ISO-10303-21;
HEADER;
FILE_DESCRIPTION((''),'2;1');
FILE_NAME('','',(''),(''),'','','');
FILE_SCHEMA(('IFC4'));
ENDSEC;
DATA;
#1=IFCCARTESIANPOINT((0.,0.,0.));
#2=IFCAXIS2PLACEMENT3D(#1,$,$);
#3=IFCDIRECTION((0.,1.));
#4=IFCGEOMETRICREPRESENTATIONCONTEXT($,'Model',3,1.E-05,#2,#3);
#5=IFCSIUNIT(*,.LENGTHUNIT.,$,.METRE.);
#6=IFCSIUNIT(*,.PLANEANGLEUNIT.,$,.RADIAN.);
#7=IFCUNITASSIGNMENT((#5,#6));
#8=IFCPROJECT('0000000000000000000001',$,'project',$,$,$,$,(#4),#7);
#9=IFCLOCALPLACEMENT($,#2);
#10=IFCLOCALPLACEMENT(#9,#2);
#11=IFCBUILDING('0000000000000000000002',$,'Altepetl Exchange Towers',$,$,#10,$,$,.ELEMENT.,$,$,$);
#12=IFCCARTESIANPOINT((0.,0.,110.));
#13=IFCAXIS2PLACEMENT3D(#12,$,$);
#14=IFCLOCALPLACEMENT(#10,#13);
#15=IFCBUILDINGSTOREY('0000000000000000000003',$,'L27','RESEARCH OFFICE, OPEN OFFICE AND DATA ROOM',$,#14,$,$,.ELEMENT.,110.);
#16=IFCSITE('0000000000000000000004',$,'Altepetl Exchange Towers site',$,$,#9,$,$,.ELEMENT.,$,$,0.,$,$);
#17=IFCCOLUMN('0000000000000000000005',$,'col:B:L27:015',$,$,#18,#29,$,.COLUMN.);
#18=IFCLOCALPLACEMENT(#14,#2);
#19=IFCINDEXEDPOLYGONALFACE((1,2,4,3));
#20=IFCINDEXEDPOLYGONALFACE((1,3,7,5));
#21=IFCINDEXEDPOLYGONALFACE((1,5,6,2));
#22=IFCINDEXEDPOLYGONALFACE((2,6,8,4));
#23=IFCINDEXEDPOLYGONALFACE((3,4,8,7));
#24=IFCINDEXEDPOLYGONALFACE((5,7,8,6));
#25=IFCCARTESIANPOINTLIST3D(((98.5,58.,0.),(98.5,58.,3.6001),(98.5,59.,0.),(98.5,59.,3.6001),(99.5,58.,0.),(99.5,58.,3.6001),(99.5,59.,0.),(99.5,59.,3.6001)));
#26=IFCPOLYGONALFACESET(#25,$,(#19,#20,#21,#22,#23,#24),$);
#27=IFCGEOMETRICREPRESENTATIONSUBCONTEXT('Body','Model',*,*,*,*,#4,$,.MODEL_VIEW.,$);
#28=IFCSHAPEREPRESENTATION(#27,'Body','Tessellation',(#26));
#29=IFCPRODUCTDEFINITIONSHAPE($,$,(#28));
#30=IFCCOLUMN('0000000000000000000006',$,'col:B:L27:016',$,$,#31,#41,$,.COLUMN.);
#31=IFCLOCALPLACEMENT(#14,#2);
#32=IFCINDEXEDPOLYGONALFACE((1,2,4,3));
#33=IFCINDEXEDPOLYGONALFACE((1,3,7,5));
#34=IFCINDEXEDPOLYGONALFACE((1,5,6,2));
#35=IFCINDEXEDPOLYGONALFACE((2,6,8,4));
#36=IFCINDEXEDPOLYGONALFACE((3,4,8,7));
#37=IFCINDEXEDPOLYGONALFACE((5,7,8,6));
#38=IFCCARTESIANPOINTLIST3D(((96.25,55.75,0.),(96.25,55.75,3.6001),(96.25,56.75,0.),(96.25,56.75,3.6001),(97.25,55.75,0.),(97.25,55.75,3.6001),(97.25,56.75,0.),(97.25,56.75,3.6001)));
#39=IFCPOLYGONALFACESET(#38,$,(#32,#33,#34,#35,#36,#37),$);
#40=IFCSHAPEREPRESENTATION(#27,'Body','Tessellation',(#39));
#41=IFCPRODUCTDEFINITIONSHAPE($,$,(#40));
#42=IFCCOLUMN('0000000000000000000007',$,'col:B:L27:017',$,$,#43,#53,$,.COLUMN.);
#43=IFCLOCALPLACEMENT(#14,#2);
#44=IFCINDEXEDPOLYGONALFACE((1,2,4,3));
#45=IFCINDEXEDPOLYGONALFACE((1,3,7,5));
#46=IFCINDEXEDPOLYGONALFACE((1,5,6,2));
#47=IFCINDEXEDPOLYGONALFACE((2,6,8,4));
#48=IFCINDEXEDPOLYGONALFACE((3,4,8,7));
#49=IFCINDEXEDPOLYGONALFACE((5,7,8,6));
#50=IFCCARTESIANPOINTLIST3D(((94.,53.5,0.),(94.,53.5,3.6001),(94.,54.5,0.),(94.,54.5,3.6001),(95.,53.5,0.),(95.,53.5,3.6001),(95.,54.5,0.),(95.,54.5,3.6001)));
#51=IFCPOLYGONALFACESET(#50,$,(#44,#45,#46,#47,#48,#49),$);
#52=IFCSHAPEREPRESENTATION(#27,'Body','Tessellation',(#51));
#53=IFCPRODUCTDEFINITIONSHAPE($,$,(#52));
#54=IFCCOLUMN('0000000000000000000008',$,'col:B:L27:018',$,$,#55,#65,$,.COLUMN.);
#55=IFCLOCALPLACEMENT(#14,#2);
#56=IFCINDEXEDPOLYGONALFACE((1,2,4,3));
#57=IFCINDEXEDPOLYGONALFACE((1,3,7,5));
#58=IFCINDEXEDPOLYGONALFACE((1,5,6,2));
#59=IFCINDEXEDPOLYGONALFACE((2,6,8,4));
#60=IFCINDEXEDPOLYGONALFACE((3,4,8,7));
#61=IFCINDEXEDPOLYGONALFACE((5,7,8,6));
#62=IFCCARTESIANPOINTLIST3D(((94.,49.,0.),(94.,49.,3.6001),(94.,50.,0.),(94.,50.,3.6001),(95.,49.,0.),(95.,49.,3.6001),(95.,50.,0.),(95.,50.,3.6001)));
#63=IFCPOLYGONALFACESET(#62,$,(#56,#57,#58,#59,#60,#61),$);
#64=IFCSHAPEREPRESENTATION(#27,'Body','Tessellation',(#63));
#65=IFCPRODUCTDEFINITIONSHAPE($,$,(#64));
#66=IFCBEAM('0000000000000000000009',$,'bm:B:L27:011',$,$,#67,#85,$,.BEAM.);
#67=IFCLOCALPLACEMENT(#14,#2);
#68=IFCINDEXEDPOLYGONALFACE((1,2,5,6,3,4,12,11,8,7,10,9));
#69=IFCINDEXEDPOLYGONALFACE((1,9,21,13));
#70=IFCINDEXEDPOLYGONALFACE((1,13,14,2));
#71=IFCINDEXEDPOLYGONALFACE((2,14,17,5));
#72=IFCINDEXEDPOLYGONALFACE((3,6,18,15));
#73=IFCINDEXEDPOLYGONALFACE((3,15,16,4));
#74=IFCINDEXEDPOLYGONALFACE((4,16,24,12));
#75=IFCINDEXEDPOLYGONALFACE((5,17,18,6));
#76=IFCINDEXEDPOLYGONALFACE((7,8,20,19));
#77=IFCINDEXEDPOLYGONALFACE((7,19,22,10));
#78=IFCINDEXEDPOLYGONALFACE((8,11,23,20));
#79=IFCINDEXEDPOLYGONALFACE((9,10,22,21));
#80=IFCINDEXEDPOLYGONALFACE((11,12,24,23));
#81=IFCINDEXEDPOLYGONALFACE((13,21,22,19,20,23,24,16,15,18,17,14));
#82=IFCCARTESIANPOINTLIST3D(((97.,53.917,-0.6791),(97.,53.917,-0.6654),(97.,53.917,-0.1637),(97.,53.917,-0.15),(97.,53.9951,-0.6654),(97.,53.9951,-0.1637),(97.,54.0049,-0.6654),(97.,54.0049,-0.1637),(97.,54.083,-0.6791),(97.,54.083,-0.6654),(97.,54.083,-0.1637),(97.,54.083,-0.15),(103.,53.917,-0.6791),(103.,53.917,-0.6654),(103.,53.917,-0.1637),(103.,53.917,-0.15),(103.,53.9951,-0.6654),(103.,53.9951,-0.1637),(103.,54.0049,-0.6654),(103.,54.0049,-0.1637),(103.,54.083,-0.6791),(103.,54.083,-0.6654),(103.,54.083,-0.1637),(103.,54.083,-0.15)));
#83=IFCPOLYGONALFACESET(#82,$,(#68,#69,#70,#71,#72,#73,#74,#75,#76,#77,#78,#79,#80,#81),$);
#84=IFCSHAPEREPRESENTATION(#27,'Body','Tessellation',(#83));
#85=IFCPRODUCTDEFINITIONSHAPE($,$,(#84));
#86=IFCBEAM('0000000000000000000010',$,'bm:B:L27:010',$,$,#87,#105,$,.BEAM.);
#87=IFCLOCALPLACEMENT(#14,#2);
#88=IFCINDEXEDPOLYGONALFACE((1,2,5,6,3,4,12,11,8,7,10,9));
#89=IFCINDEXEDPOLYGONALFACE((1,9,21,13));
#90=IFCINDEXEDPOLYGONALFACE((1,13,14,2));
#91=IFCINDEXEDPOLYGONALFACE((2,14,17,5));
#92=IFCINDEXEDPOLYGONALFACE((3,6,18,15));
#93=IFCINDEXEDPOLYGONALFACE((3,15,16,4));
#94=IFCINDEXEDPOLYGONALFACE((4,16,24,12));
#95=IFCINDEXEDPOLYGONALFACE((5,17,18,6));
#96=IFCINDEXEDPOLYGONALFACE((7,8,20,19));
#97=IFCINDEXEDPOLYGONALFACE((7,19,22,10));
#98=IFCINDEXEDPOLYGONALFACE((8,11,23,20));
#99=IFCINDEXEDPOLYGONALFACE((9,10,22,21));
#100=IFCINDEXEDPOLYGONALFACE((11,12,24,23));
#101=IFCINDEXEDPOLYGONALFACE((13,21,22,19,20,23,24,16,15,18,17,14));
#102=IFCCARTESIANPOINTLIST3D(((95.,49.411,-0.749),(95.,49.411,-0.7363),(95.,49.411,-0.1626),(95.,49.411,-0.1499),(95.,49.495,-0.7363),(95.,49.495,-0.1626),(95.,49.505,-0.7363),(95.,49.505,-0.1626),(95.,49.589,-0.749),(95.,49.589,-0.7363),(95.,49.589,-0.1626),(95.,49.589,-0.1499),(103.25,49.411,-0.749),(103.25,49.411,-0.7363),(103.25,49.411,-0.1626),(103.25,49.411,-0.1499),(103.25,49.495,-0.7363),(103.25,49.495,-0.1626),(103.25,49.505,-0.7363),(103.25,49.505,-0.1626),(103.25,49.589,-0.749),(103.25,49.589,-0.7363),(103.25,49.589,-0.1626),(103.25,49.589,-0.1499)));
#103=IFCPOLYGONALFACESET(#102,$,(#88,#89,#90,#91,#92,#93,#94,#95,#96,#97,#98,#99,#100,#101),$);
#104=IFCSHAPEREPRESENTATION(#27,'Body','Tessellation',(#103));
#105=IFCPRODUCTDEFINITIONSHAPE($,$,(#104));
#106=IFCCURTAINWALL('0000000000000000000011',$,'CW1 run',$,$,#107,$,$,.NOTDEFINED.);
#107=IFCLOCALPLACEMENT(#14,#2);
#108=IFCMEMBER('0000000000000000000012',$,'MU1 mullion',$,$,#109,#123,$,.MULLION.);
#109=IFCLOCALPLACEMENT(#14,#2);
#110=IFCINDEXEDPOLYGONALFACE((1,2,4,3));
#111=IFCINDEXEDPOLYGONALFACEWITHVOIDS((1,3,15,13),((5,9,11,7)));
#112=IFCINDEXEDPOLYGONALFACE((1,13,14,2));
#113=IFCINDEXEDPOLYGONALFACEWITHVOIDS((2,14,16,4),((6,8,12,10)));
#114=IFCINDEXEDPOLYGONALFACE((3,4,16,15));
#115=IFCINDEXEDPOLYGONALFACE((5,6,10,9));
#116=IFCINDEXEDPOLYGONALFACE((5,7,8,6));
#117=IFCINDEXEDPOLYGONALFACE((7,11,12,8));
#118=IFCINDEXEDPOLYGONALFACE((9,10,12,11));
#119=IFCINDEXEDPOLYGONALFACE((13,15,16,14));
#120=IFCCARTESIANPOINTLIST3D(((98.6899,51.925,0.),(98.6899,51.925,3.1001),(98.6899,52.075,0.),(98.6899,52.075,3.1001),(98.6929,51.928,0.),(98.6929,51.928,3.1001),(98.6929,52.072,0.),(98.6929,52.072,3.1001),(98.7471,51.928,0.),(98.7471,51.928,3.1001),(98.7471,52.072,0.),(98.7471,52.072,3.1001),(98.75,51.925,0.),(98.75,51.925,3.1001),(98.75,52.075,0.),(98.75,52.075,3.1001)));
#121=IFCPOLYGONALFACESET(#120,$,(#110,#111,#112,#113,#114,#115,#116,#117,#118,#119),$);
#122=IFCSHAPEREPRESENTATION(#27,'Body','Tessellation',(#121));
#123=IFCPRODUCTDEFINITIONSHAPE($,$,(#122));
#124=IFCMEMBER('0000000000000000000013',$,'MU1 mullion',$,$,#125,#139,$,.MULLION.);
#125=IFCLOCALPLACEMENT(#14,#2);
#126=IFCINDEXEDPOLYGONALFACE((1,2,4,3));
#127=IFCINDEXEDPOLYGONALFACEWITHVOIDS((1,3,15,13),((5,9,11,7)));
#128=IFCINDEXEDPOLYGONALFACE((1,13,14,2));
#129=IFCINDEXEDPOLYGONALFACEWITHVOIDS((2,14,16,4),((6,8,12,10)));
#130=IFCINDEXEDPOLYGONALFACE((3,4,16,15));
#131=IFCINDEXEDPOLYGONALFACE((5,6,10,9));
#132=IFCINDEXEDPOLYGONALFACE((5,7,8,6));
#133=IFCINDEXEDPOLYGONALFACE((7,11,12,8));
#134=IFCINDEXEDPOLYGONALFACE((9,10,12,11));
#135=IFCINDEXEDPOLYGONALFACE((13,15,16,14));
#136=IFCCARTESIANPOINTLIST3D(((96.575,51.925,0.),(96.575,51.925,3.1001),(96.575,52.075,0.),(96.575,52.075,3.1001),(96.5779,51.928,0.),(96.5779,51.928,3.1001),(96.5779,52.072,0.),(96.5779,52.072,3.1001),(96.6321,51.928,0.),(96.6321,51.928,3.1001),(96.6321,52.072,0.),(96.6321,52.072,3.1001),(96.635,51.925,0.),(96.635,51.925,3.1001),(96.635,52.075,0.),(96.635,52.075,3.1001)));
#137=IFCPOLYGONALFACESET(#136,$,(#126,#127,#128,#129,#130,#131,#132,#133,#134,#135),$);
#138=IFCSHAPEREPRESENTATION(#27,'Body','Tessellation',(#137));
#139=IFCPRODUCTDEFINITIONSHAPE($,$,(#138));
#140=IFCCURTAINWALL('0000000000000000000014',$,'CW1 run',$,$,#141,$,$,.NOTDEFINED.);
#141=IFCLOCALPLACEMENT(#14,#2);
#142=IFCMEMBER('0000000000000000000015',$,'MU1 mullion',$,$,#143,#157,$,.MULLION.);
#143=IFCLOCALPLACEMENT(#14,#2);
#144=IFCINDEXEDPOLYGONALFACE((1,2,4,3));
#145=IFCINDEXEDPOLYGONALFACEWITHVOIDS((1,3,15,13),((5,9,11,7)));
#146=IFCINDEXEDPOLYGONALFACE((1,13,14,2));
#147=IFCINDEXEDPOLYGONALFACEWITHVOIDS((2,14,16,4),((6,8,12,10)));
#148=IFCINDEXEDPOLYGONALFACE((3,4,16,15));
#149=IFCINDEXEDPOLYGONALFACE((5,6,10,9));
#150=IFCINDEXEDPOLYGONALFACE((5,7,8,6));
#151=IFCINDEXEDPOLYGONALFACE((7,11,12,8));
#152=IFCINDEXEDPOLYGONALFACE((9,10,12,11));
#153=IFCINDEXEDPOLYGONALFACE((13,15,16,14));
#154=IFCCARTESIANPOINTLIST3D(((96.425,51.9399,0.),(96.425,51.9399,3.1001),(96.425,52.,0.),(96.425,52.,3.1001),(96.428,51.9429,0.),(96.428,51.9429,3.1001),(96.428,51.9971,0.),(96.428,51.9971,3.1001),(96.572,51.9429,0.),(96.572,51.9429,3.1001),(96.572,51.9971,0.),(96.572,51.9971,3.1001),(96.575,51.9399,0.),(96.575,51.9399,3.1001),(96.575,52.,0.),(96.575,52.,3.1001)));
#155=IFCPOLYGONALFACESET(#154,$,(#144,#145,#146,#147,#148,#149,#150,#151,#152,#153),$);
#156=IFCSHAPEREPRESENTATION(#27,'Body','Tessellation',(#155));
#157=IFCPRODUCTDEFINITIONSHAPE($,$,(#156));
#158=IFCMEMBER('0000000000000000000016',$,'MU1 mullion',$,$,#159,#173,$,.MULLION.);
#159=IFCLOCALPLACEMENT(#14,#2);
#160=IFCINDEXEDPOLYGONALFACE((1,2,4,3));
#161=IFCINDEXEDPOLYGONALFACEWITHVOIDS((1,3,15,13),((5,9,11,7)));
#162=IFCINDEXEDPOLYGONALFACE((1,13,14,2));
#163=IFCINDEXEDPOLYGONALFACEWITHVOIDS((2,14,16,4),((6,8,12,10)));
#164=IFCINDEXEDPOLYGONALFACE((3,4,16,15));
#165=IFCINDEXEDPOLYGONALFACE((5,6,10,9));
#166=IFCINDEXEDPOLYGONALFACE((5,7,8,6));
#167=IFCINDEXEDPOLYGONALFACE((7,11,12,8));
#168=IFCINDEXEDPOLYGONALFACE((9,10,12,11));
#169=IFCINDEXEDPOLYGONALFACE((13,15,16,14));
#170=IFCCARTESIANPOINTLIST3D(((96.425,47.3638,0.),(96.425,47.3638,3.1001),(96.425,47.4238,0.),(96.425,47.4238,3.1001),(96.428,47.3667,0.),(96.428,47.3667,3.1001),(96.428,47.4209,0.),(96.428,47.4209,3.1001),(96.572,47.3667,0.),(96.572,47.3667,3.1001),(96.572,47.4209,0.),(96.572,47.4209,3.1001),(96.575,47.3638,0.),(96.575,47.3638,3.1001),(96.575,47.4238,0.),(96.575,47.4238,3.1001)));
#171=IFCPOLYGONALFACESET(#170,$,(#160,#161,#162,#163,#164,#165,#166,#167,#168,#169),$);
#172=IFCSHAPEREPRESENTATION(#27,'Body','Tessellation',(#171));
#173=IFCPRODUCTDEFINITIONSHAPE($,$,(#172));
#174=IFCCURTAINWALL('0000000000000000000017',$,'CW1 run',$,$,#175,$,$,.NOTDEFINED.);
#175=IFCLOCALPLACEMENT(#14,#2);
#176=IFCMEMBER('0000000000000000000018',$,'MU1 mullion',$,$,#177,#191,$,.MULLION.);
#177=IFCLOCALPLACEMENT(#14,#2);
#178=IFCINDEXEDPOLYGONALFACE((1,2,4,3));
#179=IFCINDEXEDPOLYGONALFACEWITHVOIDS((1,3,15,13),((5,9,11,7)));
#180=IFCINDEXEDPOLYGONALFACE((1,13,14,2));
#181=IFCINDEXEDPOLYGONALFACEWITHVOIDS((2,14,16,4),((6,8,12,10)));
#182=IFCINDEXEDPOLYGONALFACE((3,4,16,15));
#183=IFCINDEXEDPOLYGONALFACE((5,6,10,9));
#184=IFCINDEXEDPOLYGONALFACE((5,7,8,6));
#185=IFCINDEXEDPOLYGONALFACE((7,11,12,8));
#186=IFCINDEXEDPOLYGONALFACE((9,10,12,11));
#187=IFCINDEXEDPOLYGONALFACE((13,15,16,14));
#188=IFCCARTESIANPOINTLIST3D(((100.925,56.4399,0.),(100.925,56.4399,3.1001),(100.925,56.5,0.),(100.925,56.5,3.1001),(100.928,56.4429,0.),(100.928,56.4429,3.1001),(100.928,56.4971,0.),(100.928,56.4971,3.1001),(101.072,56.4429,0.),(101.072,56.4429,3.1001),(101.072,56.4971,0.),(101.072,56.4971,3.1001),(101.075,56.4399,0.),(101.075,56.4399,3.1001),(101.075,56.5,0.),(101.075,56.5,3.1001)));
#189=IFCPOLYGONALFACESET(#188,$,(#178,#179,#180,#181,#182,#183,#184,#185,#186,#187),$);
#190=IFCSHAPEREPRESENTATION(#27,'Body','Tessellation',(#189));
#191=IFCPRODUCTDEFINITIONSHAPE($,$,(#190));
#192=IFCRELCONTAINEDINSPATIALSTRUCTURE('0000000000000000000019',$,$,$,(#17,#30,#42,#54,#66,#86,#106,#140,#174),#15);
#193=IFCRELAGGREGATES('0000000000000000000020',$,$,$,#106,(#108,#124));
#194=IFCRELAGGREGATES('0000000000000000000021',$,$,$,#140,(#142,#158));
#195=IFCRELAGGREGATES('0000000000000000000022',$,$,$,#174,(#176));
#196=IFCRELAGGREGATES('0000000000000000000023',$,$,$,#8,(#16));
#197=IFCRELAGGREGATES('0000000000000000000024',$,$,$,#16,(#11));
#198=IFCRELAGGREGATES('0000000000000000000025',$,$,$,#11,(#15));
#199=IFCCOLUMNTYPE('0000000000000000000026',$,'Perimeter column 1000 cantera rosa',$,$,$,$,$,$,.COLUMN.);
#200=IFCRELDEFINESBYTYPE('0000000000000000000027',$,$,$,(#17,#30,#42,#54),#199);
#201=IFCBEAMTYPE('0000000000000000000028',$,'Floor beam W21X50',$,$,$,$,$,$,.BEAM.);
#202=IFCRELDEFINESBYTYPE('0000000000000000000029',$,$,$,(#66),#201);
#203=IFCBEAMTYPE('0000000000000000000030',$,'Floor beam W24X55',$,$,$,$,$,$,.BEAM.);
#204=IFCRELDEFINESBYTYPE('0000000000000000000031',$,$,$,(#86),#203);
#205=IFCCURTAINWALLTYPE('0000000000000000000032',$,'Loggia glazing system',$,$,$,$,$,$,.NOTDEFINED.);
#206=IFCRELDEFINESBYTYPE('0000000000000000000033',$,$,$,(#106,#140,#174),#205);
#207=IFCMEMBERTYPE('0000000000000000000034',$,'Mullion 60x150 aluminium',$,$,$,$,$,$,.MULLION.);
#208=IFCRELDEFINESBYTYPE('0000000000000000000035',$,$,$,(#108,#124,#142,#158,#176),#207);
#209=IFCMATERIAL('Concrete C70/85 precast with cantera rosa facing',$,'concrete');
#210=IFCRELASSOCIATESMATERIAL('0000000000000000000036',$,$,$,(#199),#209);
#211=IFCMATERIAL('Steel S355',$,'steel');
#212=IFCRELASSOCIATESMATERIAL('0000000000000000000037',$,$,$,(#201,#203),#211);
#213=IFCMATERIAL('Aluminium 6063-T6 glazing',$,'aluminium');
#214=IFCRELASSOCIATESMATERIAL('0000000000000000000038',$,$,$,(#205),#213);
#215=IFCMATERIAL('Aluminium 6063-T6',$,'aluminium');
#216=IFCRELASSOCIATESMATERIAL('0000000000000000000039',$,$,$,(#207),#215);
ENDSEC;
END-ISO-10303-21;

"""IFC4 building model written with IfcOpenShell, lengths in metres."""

from ifc_helpers import new_model, si_unit, direction, frame, origin, origin_2d, place, context, subcontext, project, spatial, rectangle, hollow_rectangle, i_section, extrude, material, material_profile, profile_set, type_object, element, aggregate, save


model = new_model("IFC4")

# Units and contexts
model_context = context("Model", 3, precision=1e-05, world=origin(), true_north=direction((0.0, 1.0)))
body_context = subcontext(model_context, "Body", "Model", "MODEL_VIEW")
ifc_project = project(units=[si_unit("LENGTHUNIT", "METRE"), si_unit("PLANEANGLEUNIT", "RADIAN")], contexts=[model_context])

# Site, building, storey
site_placement = place(None, origin())
site = spatial("IfcSite", under=ifc_project, at=site_placement, Name="Altepetl Exchange Towers site", CompositionType="ELEMENT", RefElevation=0.0)
building_placement = place(site_placement, origin())
building = spatial("IfcBuilding", under=site, at=building_placement, Name="Altepetl Exchange Towers", CompositionType="ELEMENT")
storey_placement = place(building_placement, frame((0.0, 0.0, 110.0)))
storey = spatial("IfcBuildingStorey", under=building, at=storey_placement, Name="L27", Description="RESEARCH OFFICE, OPEN OFFICE AND DATA ROOM", CompositionType="ELEMENT", Elevation=110.0)

# Columns
ifc_material_1 = material(Name="Concrete C70/85 precast with cantera rosa facing", Category="concrete")
ifc_material_profile_1 = material_profile(ifc_material_1, rectangle(XDim=1.0, YDim=1.0, at=origin_2d()), Name="1000 x 1000")
ifc_profile_set_1 = profile_set([ifc_material_profile_1], Name="Concrete C70/85 precast with cantera rosa facing")
column_type = type_object("IfcColumnType", Name="Perimeter column 1000 cantera rosa", PredefinedType="COLUMN", material=ifc_profile_set_1)
for number, where, name in (
    (1, (99.0, 58.5, 0.0), "col:B:L27:015"),
    (2, (96.75, 56.25, 0.0), "col:B:L27:016"),
    (3, (94.5, 54.0, 0.0), "col:B:L27:017"),
    (4, (94.5, 49.5, 0.0), "col:B:L27:018"),
):
    element("IfcColumn", number, at=place(storey_placement, frame(where)), inside=storey, type_object=column_type, Name=name, PredefinedType="COLUMN", context=body_context, shape_type="SweptSolid", body=[
        extrude(rectangle(XDim=1.0, YDim=1.0, at=origin_2d()), origin(), (0.0, 0.0, 1.0), 3.6001),
    ])

# Beams
ifc_material_2 = material(Name="Steel S355", Category="steel")
ifc_material_profile_2 = material_profile(ifc_material_2, i_section(OverallWidth=0.166, OverallDepth=0.5291, WebThickness=0.0098, FlangeThickness=0.0137, at=origin_2d()), Name="W21X50")
ifc_profile_set_2 = profile_set([ifc_material_profile_2], Name="Steel S355")
beam_type_1 = type_object("IfcBeamType", Name="Floor beam W21X50", PredefinedType="BEAM", material=ifc_profile_set_2)
beam_1_placement = place(storey_placement, frame((97.0, 54.0, -0.4146), z_axis=(1.0, 0.0, 0.0), x_axis=(0.0, 1.0, 0.0)))
element("IfcBeam", 5, at=beam_1_placement, inside=storey, type_object=beam_type_1, Name="bm:B:L27:011", PredefinedType="BEAM", context=body_context, shape_type="SweptSolid", body=[
    extrude(i_section(OverallWidth=0.166, OverallDepth=0.5291, WebThickness=0.0098, FlangeThickness=0.0137, at=origin_2d()), origin(), (0.0, 0.0, 1.0), 6.0),
])
ifc_material_profile_3 = material_profile(ifc_material_2, i_section(OverallWidth=0.178, OverallDepth=0.5991, WebThickness=0.01, FlangeThickness=0.0127, at=origin_2d()), Name="W24X55")
ifc_profile_set_3 = profile_set([ifc_material_profile_3], Name="Steel S355")
beam_type_2 = type_object("IfcBeamType", Name="Floor beam W24X55", PredefinedType="BEAM", material=ifc_profile_set_3)
beam_2_placement = place(storey_placement, frame((95.0, 49.5, -0.4495), z_axis=(1.0, 0.0, 0.0), x_axis=(0.0, 1.0, 0.0)))
element("IfcBeam", 6, at=beam_2_placement, inside=storey, type_object=beam_type_2, Name="bm:B:L27:010", PredefinedType="BEAM", context=body_context, shape_type="SweptSolid", body=[
    extrude(i_section(OverallWidth=0.178, OverallDepth=0.5991, WebThickness=0.01, FlangeThickness=0.0127, at=origin_2d()), origin(), (0.0, 0.0, 1.0), 8.25),
])

# Curtain walls, members
ifc_material_3 = material(Name="Aluminium 6063-T6 glazing", Category="aluminium")
curtain_wall_type = type_object("IfcCurtainWallType", Name="Loggia glazing system", PredefinedType="NOTDEFINED", material=ifc_material_3)
curtain_wall_1_placement = place(storey_placement, origin())
curtain_wall_1 = element("IfcCurtainWall", 7, at=curtain_wall_1_placement, inside=storey, type_object=curtain_wall_type, Name="CW1 run", PredefinedType="NOTDEFINED")
ifc_material_4 = material(Name="Aluminium 6063-T6", Category="aluminium")
ifc_material_profile_4 = material_profile(ifc_material_4, hollow_rectangle(XDim=0.0601, YDim=0.1499, WallThickness=0.0029, at=origin_2d()), Name="Mullion 60x150 aluminium")
ifc_profile_set_4 = profile_set([ifc_material_profile_4], Name="Aluminium 6063-T6")
member_type = type_object("IfcMemberType", Name="Mullion 60x150 aluminium", PredefinedType="MULLION", material=ifc_profile_set_4)
member_1_placement = place(storey_placement, frame((98.72, 52.0, 0.0), z_axis=(0.0, 0.0, 1.0), x_axis=(-1.0, 0.0, 0.0)))
member_1 = element("IfcMember", 8, at=member_1_placement, type_object=member_type, Name="MU1 mullion", PredefinedType="MULLION", context=body_context, shape_type="SweptSolid", body=[
    extrude(hollow_rectangle(XDim=0.0601, YDim=0.1499, WallThickness=0.0029, at=origin_2d()), origin(), (0.0, 0.0, 1.0), 3.1001),
])
member_2_placement = place(storey_placement, frame((96.605, 52.0, 0.0), z_axis=(0.0, 0.0, 1.0), x_axis=(-1.0, 0.0, 0.0)))
member_2 = element("IfcMember", 9, at=member_2_placement, type_object=member_type, Name="MU1 mullion", PredefinedType="MULLION", context=body_context, shape_type="SweptSolid", body=[
    extrude(hollow_rectangle(XDim=0.0601, YDim=0.1499, WallThickness=0.0029, at=origin_2d()), origin(), (0.0, 0.0, 1.0), 3.1001),
])
curtain_wall_2_placement = place(storey_placement, origin())
curtain_wall_2 = element("IfcCurtainWall", 10, at=curtain_wall_2_placement, inside=storey, type_object=curtain_wall_type, Name="CW1 run", PredefinedType="NOTDEFINED")
member_3_placement = place(storey_placement, frame((96.5, 51.97, 0.0), z_axis=(0.0, 0.0, 1.0), x_axis=(0.0, -1.0, 0.0)))
member_3 = element("IfcMember", 11, at=member_3_placement, type_object=member_type, Name="MU1 mullion", PredefinedType="MULLION", context=body_context, shape_type="SweptSolid", body=[
    extrude(hollow_rectangle(XDim=0.0601, YDim=0.1499, WallThickness=0.0029, at=origin_2d()), origin(), (0.0, 0.0, 1.0), 3.1001),
])
member_4_placement = place(storey_placement, frame((96.5, 47.3938, 0.0), z_axis=(0.0, 0.0, 1.0), x_axis=(0.0, -1.0, 0.0)))
member_4 = element("IfcMember", 12, at=member_4_placement, type_object=member_type, Name="MU1 mullion", PredefinedType="MULLION", context=body_context, shape_type="SweptSolid", body=[
    extrude(hollow_rectangle(XDim=0.0601, YDim=0.1499, WallThickness=0.0029, at=origin_2d()), origin(), (0.0, 0.0, 1.0), 3.1001),
])
curtain_wall_3_placement = place(storey_placement, origin())
curtain_wall_3 = element("IfcCurtainWall", 13, at=curtain_wall_3_placement, inside=storey, type_object=curtain_wall_type, Name="CW1 run", PredefinedType="NOTDEFINED")
member_5_placement = place(storey_placement, frame((101.0, 56.47, 0.0), z_axis=(0.0, 0.0, 1.0), x_axis=(0.0, -1.0, 0.0)))
member_5 = element("IfcMember", 14, at=member_5_placement, type_object=member_type, Name="MU1 mullion", PredefinedType="MULLION", context=body_context, shape_type="SweptSolid", body=[
    extrude(hollow_rectangle(XDim=0.0601, YDim=0.1499, WallThickness=0.0029, at=origin_2d()), origin(), (0.0, 0.0, 1.0), 3.1001),
])

aggregate(curtain_wall_1, [member_1, member_2])
aggregate(curtain_wall_2, [member_3, member_4])
aggregate(curtain_wall_3, [member_5])

save(model, "model.ifc")
